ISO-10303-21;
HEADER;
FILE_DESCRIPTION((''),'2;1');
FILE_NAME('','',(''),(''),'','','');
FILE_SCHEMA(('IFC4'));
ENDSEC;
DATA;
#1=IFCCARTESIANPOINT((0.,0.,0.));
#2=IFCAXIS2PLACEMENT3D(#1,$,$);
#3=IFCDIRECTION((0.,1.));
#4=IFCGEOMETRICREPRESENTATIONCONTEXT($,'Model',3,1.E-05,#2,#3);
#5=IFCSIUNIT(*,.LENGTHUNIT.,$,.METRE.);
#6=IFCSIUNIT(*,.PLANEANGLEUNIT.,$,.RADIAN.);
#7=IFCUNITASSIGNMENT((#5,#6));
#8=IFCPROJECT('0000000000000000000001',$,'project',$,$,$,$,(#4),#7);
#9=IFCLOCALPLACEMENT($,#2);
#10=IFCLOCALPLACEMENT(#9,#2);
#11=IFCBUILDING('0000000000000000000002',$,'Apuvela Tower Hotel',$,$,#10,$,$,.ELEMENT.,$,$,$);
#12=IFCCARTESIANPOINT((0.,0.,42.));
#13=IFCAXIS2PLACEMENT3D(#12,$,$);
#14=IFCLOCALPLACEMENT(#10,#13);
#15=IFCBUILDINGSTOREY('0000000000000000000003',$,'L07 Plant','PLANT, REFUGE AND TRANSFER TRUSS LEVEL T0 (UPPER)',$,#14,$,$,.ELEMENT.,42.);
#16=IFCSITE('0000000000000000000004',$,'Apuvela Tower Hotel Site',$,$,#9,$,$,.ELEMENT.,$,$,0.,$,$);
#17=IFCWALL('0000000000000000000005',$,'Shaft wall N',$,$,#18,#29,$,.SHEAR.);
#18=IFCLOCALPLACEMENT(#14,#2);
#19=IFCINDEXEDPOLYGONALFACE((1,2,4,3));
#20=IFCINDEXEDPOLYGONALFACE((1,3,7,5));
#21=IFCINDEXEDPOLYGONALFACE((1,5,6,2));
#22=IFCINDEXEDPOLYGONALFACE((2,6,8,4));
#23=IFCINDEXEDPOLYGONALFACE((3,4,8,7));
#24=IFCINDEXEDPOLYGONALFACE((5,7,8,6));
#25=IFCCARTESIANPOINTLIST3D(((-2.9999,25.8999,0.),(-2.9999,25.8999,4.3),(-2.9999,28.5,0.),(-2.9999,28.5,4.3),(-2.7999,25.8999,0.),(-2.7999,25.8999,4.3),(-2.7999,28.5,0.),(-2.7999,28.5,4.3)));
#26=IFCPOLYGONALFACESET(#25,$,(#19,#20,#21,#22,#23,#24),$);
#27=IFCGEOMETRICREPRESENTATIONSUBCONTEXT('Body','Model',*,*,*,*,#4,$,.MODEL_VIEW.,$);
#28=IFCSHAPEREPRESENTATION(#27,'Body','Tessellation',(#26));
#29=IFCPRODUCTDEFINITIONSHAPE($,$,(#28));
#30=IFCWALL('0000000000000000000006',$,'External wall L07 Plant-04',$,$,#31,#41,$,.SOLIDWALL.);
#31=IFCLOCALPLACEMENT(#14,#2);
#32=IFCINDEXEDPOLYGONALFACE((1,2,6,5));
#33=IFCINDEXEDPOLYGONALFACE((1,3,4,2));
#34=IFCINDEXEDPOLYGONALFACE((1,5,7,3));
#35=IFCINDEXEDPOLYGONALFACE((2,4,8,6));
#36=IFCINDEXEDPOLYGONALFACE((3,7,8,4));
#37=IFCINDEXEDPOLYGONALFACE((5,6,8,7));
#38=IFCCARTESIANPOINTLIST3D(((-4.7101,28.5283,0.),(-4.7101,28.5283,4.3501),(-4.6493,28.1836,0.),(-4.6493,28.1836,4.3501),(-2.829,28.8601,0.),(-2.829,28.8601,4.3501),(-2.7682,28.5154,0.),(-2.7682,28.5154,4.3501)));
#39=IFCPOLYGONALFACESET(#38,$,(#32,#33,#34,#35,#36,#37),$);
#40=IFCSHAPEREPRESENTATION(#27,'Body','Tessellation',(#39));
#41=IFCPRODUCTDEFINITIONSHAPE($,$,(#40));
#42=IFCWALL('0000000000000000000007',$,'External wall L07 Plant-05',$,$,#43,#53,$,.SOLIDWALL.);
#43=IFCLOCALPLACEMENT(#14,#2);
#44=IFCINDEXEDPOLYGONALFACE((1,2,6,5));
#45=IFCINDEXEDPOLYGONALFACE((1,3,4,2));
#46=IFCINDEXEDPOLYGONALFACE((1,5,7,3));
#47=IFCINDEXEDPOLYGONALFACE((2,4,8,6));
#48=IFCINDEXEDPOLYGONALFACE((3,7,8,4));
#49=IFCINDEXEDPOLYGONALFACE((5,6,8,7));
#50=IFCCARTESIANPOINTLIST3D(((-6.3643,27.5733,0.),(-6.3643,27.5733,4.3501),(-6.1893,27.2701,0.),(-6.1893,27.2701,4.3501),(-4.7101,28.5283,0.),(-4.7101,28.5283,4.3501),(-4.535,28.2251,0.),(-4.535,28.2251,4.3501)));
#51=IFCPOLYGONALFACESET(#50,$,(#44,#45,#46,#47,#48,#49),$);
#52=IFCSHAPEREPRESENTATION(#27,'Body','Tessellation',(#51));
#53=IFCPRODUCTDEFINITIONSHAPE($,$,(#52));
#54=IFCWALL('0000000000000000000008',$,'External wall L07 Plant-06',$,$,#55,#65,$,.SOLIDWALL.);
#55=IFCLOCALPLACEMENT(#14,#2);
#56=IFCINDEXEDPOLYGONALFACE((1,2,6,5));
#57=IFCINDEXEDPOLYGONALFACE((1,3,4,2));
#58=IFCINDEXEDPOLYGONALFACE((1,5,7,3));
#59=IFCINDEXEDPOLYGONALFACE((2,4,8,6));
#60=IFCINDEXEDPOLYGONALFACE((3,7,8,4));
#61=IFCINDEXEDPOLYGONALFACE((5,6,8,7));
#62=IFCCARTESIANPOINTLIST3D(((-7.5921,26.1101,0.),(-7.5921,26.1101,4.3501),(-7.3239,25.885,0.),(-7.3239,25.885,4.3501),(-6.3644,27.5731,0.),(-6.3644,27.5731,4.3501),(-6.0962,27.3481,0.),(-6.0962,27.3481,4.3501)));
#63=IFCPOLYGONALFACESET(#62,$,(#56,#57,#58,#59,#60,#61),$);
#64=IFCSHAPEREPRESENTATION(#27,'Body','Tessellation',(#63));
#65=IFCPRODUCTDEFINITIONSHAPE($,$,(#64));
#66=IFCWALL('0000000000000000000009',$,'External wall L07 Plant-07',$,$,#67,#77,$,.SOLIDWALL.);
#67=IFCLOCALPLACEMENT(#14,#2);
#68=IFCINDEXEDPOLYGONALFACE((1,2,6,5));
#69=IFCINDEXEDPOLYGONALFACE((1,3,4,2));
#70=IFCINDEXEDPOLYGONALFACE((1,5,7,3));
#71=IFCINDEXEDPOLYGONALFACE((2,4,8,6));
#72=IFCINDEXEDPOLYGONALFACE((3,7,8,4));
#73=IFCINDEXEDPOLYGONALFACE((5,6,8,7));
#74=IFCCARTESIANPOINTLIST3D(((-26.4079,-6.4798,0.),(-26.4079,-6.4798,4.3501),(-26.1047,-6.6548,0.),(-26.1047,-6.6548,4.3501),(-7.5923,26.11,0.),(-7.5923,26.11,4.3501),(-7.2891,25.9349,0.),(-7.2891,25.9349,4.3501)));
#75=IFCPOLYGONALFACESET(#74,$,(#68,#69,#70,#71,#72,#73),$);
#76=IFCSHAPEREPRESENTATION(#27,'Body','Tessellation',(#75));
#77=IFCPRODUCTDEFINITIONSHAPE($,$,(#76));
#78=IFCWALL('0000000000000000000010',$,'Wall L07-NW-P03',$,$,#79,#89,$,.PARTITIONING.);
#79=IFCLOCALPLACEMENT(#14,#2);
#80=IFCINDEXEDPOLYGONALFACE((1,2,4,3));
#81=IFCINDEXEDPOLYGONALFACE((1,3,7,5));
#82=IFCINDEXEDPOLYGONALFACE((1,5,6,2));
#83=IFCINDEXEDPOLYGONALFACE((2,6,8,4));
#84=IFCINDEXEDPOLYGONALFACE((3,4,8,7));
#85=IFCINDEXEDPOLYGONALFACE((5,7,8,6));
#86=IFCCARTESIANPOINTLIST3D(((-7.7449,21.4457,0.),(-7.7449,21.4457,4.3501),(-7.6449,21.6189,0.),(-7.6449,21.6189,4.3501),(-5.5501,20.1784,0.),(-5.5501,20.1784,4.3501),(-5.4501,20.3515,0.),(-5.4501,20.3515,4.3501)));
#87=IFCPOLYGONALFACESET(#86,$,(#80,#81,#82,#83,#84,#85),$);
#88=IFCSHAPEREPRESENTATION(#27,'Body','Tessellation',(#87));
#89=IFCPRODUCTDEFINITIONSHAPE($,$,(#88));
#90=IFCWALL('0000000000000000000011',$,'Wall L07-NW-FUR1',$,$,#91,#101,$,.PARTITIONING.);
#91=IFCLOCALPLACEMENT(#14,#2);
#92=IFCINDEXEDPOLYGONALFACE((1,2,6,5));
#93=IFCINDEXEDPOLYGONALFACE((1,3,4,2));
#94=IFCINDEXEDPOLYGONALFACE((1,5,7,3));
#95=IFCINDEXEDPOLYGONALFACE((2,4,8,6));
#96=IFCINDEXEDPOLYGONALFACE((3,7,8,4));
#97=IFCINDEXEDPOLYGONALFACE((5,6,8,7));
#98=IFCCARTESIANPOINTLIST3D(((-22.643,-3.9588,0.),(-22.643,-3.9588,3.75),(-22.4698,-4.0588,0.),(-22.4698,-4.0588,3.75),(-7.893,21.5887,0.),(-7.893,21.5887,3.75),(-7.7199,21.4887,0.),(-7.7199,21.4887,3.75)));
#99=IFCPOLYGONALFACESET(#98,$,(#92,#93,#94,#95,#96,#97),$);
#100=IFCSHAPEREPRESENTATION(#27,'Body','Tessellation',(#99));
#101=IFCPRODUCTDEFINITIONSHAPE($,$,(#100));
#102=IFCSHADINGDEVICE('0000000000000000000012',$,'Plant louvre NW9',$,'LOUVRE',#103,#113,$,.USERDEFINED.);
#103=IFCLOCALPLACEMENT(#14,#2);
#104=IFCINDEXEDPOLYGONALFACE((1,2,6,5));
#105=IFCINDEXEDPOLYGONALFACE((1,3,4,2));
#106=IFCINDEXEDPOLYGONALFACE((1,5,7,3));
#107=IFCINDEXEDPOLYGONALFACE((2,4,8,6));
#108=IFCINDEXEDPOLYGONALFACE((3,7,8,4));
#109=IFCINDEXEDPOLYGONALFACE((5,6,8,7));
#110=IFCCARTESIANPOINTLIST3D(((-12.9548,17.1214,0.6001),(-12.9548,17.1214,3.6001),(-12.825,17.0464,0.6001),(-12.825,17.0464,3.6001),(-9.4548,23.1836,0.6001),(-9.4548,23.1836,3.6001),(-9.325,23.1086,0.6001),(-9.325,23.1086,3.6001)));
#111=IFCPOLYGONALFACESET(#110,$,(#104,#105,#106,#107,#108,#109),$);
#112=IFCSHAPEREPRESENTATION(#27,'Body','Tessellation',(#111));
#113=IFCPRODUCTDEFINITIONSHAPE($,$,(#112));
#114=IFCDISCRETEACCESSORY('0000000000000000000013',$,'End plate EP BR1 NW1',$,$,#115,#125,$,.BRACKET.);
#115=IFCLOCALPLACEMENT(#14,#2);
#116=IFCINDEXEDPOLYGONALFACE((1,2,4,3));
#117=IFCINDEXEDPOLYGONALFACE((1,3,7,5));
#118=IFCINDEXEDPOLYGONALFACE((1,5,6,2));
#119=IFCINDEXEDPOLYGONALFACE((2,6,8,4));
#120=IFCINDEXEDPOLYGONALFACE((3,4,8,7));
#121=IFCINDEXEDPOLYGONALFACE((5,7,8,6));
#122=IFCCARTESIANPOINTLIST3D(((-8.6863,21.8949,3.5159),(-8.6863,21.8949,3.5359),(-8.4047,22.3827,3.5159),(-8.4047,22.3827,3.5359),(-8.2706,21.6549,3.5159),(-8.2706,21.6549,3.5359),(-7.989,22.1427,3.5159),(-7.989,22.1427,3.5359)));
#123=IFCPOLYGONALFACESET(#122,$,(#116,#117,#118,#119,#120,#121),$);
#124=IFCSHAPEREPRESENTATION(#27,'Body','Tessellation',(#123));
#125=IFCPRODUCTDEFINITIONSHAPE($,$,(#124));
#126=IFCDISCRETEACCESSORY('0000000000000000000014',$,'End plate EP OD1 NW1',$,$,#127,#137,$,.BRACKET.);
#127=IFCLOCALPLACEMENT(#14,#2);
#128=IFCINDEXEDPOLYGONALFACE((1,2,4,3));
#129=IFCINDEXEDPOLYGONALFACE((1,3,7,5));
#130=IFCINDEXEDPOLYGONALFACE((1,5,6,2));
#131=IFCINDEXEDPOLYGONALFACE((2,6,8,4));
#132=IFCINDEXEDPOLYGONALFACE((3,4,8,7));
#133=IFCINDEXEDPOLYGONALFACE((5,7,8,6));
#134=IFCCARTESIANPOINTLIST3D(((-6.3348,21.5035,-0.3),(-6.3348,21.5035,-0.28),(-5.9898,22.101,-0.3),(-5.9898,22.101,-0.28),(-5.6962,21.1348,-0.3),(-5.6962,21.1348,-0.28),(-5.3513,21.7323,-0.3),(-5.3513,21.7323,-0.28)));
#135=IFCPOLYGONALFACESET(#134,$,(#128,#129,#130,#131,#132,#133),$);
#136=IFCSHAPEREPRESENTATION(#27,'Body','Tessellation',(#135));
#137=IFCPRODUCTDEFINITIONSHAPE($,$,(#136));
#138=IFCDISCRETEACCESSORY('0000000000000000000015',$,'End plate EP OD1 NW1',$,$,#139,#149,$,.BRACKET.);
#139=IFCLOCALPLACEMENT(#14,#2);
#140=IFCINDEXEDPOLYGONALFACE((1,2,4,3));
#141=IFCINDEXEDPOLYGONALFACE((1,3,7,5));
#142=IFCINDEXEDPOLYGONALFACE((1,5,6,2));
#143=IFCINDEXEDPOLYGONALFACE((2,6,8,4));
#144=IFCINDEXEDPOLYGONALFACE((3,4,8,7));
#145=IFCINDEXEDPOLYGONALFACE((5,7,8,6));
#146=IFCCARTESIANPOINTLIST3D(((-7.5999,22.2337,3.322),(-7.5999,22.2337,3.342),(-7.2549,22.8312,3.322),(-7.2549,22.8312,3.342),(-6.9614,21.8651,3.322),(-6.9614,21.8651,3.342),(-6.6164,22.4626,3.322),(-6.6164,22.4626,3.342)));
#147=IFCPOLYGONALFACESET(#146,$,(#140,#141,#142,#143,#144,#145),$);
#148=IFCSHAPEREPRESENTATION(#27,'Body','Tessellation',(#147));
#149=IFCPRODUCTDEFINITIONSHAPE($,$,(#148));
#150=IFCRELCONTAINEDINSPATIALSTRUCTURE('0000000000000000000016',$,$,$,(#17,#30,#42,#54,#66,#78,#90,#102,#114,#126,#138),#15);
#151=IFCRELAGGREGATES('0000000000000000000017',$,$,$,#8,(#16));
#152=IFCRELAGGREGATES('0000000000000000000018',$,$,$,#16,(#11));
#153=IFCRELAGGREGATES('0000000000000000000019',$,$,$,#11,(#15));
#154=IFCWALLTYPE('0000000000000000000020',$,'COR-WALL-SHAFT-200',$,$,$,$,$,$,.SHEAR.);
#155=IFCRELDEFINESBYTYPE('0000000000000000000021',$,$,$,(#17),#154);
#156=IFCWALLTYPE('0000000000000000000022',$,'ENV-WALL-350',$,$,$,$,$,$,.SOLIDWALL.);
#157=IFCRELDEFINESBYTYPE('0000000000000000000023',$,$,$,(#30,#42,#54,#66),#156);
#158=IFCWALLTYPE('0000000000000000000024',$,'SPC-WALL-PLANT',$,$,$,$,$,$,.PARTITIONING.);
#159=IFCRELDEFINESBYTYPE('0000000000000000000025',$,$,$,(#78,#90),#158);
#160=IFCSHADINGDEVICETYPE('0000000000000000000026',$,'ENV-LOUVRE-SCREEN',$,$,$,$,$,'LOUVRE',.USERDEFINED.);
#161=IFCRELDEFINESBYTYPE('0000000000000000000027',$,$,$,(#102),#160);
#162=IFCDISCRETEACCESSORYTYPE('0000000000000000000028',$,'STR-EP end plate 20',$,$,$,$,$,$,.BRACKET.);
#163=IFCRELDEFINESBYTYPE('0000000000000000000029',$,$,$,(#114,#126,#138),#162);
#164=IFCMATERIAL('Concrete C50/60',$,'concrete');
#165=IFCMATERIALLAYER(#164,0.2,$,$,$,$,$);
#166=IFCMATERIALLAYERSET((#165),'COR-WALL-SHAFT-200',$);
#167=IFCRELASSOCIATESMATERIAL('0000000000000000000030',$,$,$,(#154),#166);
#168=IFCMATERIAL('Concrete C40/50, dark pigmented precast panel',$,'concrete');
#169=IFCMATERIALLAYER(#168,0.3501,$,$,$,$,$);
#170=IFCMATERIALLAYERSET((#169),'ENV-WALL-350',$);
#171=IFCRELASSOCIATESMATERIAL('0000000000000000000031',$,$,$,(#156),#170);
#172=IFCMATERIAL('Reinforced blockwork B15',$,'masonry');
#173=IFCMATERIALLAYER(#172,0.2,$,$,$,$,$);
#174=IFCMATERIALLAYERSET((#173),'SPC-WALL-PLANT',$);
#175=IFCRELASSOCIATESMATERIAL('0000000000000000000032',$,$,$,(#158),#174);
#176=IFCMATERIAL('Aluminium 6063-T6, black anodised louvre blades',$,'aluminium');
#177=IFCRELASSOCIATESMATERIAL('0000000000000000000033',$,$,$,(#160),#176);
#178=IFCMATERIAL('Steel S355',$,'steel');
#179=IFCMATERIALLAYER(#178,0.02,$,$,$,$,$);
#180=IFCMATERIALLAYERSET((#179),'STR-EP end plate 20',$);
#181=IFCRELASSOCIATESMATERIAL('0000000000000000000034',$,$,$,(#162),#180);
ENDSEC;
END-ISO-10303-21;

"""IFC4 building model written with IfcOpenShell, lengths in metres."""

from ifc_helpers import new_model, si_unit, direction, frame, frame_2d, origin, origin_2d, place, context, subcontext, project, spatial, rectangle, extrude, material, layer, layer_set, type_object, element, save


model = new_model("IFC4")

# Units and contexts
model_context = context("Model", 3, precision=1e-05, world=origin(), true_north=direction((0.0, 1.0)))
body_context = subcontext(model_context, "Body", "Model", "MODEL_VIEW")
ifc_project = project(units=[si_unit("LENGTHUNIT", "METRE"), si_unit("PLANEANGLEUNIT", "RADIAN")], contexts=[model_context])

# Site, building, storey
site_placement = place(None, origin())
site = spatial("IfcSite", under=ifc_project, at=site_placement, Name="Apuvela Tower Hotel Site", CompositionType="ELEMENT", RefElevation=0.0)
building_placement = place(site_placement, origin())
building = spatial("IfcBuilding", under=site, at=building_placement, Name="Apuvela Tower Hotel", CompositionType="ELEMENT")
storey_placement = place(building_placement, frame((0.0, 0.0, 42.0)))
storey = spatial("IfcBuildingStorey", under=building, at=storey_placement, Name="L07 Plant", Description="PLANT, REFUGE AND TRANSFER TRUSS LEVEL T0 (UPPER)", CompositionType="ELEMENT", Elevation=42.0)

# Shared definitions
ifc_material_1 = material(Name="Steel S355", Category="steel")

# Shared definitions
ifc_material_2 = material(Name="Concrete C50/60", Category="concrete")
ifc_layer_1 = layer(ifc_material_2, 0.2)
ifc_layer_set_1 = layer_set([ifc_layer_1], Name="COR-WALL-SHAFT-200")
wall_type_1 = type_object("IfcWallType", Name="COR-WALL-SHAFT-200", PredefinedType="SHEAR", material=ifc_layer_set_1)

# Walls
wall_1_placement = place(storey_placement, frame((-2.8999, 25.8999, 0.0), z_axis=(0.0, 0.0, 1.0), x_axis=(0.0, 1.0, 0.0)))
element("IfcWall", 1, at=wall_1_placement, inside=storey, type_object=wall_type_1, Name="Shaft wall N", PredefinedType="SHEAR", context=body_context, shape_type="SweptSolid", body=[
    extrude(rectangle(XDim=2.6001, YDim=0.2, at=frame_2d((1.3, 0.0))), origin(), (0.0, 0.0, 1.0), 4.3),
])
ifc_material_3 = material(Name="Concrete C40/50, dark pigmented precast panel", Category="concrete")
ifc_layer_2 = layer(ifc_material_3, 0.3501)
ifc_layer_set_2 = layer_set([ifc_layer_2], Name="ENV-WALL-350")
wall_type_2 = type_object("IfcWallType", Name="ENV-WALL-350", PredefinedType="SOLIDWALL", material=ifc_layer_set_2)
for number, where, z_axis, x_axis, name in (
    (2, (-2.7986, 28.6877, 0.0), (0.0, 0.0, 1.0), (-0.984799, -0.173698, 0.0), "External wall L07 Plant-04"),
    (3, (-4.6226, 28.3767, 0.0), (0.0, 0.0, 1.0), (-0.866032, -0.499988, 0.0), "External wall L07 Plant-05"),
):
    element("IfcWall", number, at=place(storey_placement, frame(where, z_axis=z_axis, x_axis=x_axis)), inside=storey, type_object=wall_type_2, Name=name, PredefinedType="SOLIDWALL", context=body_context, shape_type="SweptSolid", body=[
        extrude(rectangle(XDim=1.9102, YDim=0.3501, at=frame_2d((0.9551, 0.0))), origin(), (0.0, 0.0, 1.0), 4.3501),
    ])
wall_2_placement = place(storey_placement, frame((-6.2302, 27.4607, 0.0), z_axis=(0.0, 0.0, 1.0), x_axis=(-0.642808, -0.766027, 0.0)))
element("IfcWall", 4, at=wall_2_placement, inside=storey, type_object=wall_type_2, Name="External wall L07 Plant-06", PredefinedType="SOLIDWALL", context=body_context, shape_type="SweptSolid", body=[
    extrude(rectangle(XDim=1.9099, YDim=0.3501, at=frame_2d((0.9551, 0.0))), origin(), (0.0, 0.0, 1.0), 4.3501),
])
wall_3_placement = place(storey_placement, frame((-7.4407, 26.0225, 0.0), z_axis=(0.0, 0.0, 1.0), x_axis=(-0.499998, -0.866026, 0.0)))
element("IfcWall", 5, at=wall_3_placement, inside=storey, type_object=wall_type_2, Name="External wall L07 Plant-07", PredefinedType="SOLIDWALL", context=body_context, shape_type="SweptSolid", body=[
    extrude(rectangle(XDim=37.6313, YDim=0.3501, at=frame_2d((18.8157, 0.0))), origin(), (0.0, 0.0, 1.0), 4.3501),
])
ifc_material_4 = material(Name="Reinforced blockwork B15", Category="masonry")
ifc_layer_3 = layer(ifc_material_4, 0.2)
ifc_layer_set_3 = layer_set([ifc_layer_3], Name="SPC-WALL-PLANT")
wall_type_3 = type_object("IfcWallType", Name="SPC-WALL-PLANT", PredefinedType="PARTITIONING", material=ifc_layer_set_3)
wall_4_placement = place(storey_placement, frame((-7.6948, 21.5322, 0.0), z_axis=(0.0, 0.0, 1.0), x_axis=(0.865999, -0.500045, 0.0)))
element("IfcWall", 6, at=wall_4_placement, inside=storey, type_object=wall_type_3, Name="Wall L07-NW-P03", PredefinedType="PARTITIONING", context=body_context, shape_type="SweptSolid", body=[
    extrude(rectangle(XDim=2.5344, YDim=0.2, at=frame_2d((1.2671, 0.0))), origin(), (0.0, 0.0, 1.0), 4.3501),
])
wall_5_placement = place(storey_placement, frame((-7.8064, 21.5388, 0.0), z_axis=(0.0, 0.0, 1.0), x_axis=(-0.500002, -0.866024, 0.0)))
element("IfcWall", 7, at=wall_5_placement, inside=storey, type_object=wall_type_3, Name="Wall L07-NW-FUR1", PredefinedType="PARTITIONING", context=body_context, shape_type="SweptSolid", body=[
    extrude(rectangle(XDim=29.4998, YDim=0.2, at=frame_2d((14.75, 0.0))), origin(), (0.0, 0.0, 1.0), 3.75),
])

# Shading device
ifc_material_5 = material(Name="Aluminium 6063-T6, black anodised louvre blades", Category="aluminium")
shading_device_type = type_object("IfcShadingDeviceType", Name="ENV-LOUVRE-SCREEN", ElementType="LOUVRE", PredefinedType="USERDEFINED", material=ifc_material_5)
shading_device_placement = place(storey_placement, frame((-11.1399, 20.115, 0.6001), z_axis=(0.0, 0.0, 1.0), x_axis=(-0.5, -0.866025, 0.0)))
element("IfcShadingDevice", 8, at=shading_device_placement, inside=storey, type_object=shading_device_type, Name="Plant louvre NW9", ObjectType="LOUVRE", PredefinedType="USERDEFINED", context=body_context, shape_type="SweptSolid", body=[
    extrude(rectangle(XDim=7.0, YDim=0.1499, at=origin_2d()), origin(), (0.0, 0.0, 1.0), 3.0),
])

# Discrete accessories
ifc_layer_4 = layer(ifc_material_1, 0.02)
ifc_layer_set_4 = layer_set([ifc_layer_4], Name="STR-EP end plate 20")
discrete_accessory_type = type_object("IfcDiscreteAccessoryType", Name="STR-EP end plate 20", PredefinedType="BRACKET", material=ifc_layer_set_4)
discrete_accessory_placement = place(storey_placement, frame((-8.3376, 22.0188, 3.5159), z_axis=(0.0, 0.0, 1.0), x_axis=(0.5, 0.866025, 0.0)))
element("IfcDiscreteAccessory", 9, at=discrete_accessory_placement, inside=storey, type_object=discrete_accessory_type, Name="End plate EP BR1 NW1", PredefinedType="BRACKET", context=body_context, shape_type="SweptSolid", body=[
    extrude(rectangle(XDim=0.5632, YDim=0.48, at=origin_2d()), origin(), (0.0, 0.0, 1.0), 0.02),
])
for number, where, z_axis, x_axis, name in (
    (10, (-5.843, 21.6179, -0.3), (0.0, 0.0, 1.0), (-0.866025, 0.5, 0.0), "End plate EP OD1 NW1"),
    (11, (-7.1082, 22.3481, 3.322), (0.0, 0.0, 1.0), (-0.866025, 0.5, 0.0), "End plate EP OD1 NW1"),
):
    element("IfcDiscreteAccessory", number, at=place(storey_placement, frame(where, z_axis=z_axis, x_axis=x_axis)), inside=storey, type_object=discrete_accessory_type, Name=name, PredefinedType="BRACKET", context=body_context, shape_type="SweptSolid", body=[
        extrude(rectangle(XDim=0.7373, YDim=0.6899, at=origin_2d()), origin(), (0.0, 0.0, 1.0), 0.02),
    ])

save(model, "model.ifc")
